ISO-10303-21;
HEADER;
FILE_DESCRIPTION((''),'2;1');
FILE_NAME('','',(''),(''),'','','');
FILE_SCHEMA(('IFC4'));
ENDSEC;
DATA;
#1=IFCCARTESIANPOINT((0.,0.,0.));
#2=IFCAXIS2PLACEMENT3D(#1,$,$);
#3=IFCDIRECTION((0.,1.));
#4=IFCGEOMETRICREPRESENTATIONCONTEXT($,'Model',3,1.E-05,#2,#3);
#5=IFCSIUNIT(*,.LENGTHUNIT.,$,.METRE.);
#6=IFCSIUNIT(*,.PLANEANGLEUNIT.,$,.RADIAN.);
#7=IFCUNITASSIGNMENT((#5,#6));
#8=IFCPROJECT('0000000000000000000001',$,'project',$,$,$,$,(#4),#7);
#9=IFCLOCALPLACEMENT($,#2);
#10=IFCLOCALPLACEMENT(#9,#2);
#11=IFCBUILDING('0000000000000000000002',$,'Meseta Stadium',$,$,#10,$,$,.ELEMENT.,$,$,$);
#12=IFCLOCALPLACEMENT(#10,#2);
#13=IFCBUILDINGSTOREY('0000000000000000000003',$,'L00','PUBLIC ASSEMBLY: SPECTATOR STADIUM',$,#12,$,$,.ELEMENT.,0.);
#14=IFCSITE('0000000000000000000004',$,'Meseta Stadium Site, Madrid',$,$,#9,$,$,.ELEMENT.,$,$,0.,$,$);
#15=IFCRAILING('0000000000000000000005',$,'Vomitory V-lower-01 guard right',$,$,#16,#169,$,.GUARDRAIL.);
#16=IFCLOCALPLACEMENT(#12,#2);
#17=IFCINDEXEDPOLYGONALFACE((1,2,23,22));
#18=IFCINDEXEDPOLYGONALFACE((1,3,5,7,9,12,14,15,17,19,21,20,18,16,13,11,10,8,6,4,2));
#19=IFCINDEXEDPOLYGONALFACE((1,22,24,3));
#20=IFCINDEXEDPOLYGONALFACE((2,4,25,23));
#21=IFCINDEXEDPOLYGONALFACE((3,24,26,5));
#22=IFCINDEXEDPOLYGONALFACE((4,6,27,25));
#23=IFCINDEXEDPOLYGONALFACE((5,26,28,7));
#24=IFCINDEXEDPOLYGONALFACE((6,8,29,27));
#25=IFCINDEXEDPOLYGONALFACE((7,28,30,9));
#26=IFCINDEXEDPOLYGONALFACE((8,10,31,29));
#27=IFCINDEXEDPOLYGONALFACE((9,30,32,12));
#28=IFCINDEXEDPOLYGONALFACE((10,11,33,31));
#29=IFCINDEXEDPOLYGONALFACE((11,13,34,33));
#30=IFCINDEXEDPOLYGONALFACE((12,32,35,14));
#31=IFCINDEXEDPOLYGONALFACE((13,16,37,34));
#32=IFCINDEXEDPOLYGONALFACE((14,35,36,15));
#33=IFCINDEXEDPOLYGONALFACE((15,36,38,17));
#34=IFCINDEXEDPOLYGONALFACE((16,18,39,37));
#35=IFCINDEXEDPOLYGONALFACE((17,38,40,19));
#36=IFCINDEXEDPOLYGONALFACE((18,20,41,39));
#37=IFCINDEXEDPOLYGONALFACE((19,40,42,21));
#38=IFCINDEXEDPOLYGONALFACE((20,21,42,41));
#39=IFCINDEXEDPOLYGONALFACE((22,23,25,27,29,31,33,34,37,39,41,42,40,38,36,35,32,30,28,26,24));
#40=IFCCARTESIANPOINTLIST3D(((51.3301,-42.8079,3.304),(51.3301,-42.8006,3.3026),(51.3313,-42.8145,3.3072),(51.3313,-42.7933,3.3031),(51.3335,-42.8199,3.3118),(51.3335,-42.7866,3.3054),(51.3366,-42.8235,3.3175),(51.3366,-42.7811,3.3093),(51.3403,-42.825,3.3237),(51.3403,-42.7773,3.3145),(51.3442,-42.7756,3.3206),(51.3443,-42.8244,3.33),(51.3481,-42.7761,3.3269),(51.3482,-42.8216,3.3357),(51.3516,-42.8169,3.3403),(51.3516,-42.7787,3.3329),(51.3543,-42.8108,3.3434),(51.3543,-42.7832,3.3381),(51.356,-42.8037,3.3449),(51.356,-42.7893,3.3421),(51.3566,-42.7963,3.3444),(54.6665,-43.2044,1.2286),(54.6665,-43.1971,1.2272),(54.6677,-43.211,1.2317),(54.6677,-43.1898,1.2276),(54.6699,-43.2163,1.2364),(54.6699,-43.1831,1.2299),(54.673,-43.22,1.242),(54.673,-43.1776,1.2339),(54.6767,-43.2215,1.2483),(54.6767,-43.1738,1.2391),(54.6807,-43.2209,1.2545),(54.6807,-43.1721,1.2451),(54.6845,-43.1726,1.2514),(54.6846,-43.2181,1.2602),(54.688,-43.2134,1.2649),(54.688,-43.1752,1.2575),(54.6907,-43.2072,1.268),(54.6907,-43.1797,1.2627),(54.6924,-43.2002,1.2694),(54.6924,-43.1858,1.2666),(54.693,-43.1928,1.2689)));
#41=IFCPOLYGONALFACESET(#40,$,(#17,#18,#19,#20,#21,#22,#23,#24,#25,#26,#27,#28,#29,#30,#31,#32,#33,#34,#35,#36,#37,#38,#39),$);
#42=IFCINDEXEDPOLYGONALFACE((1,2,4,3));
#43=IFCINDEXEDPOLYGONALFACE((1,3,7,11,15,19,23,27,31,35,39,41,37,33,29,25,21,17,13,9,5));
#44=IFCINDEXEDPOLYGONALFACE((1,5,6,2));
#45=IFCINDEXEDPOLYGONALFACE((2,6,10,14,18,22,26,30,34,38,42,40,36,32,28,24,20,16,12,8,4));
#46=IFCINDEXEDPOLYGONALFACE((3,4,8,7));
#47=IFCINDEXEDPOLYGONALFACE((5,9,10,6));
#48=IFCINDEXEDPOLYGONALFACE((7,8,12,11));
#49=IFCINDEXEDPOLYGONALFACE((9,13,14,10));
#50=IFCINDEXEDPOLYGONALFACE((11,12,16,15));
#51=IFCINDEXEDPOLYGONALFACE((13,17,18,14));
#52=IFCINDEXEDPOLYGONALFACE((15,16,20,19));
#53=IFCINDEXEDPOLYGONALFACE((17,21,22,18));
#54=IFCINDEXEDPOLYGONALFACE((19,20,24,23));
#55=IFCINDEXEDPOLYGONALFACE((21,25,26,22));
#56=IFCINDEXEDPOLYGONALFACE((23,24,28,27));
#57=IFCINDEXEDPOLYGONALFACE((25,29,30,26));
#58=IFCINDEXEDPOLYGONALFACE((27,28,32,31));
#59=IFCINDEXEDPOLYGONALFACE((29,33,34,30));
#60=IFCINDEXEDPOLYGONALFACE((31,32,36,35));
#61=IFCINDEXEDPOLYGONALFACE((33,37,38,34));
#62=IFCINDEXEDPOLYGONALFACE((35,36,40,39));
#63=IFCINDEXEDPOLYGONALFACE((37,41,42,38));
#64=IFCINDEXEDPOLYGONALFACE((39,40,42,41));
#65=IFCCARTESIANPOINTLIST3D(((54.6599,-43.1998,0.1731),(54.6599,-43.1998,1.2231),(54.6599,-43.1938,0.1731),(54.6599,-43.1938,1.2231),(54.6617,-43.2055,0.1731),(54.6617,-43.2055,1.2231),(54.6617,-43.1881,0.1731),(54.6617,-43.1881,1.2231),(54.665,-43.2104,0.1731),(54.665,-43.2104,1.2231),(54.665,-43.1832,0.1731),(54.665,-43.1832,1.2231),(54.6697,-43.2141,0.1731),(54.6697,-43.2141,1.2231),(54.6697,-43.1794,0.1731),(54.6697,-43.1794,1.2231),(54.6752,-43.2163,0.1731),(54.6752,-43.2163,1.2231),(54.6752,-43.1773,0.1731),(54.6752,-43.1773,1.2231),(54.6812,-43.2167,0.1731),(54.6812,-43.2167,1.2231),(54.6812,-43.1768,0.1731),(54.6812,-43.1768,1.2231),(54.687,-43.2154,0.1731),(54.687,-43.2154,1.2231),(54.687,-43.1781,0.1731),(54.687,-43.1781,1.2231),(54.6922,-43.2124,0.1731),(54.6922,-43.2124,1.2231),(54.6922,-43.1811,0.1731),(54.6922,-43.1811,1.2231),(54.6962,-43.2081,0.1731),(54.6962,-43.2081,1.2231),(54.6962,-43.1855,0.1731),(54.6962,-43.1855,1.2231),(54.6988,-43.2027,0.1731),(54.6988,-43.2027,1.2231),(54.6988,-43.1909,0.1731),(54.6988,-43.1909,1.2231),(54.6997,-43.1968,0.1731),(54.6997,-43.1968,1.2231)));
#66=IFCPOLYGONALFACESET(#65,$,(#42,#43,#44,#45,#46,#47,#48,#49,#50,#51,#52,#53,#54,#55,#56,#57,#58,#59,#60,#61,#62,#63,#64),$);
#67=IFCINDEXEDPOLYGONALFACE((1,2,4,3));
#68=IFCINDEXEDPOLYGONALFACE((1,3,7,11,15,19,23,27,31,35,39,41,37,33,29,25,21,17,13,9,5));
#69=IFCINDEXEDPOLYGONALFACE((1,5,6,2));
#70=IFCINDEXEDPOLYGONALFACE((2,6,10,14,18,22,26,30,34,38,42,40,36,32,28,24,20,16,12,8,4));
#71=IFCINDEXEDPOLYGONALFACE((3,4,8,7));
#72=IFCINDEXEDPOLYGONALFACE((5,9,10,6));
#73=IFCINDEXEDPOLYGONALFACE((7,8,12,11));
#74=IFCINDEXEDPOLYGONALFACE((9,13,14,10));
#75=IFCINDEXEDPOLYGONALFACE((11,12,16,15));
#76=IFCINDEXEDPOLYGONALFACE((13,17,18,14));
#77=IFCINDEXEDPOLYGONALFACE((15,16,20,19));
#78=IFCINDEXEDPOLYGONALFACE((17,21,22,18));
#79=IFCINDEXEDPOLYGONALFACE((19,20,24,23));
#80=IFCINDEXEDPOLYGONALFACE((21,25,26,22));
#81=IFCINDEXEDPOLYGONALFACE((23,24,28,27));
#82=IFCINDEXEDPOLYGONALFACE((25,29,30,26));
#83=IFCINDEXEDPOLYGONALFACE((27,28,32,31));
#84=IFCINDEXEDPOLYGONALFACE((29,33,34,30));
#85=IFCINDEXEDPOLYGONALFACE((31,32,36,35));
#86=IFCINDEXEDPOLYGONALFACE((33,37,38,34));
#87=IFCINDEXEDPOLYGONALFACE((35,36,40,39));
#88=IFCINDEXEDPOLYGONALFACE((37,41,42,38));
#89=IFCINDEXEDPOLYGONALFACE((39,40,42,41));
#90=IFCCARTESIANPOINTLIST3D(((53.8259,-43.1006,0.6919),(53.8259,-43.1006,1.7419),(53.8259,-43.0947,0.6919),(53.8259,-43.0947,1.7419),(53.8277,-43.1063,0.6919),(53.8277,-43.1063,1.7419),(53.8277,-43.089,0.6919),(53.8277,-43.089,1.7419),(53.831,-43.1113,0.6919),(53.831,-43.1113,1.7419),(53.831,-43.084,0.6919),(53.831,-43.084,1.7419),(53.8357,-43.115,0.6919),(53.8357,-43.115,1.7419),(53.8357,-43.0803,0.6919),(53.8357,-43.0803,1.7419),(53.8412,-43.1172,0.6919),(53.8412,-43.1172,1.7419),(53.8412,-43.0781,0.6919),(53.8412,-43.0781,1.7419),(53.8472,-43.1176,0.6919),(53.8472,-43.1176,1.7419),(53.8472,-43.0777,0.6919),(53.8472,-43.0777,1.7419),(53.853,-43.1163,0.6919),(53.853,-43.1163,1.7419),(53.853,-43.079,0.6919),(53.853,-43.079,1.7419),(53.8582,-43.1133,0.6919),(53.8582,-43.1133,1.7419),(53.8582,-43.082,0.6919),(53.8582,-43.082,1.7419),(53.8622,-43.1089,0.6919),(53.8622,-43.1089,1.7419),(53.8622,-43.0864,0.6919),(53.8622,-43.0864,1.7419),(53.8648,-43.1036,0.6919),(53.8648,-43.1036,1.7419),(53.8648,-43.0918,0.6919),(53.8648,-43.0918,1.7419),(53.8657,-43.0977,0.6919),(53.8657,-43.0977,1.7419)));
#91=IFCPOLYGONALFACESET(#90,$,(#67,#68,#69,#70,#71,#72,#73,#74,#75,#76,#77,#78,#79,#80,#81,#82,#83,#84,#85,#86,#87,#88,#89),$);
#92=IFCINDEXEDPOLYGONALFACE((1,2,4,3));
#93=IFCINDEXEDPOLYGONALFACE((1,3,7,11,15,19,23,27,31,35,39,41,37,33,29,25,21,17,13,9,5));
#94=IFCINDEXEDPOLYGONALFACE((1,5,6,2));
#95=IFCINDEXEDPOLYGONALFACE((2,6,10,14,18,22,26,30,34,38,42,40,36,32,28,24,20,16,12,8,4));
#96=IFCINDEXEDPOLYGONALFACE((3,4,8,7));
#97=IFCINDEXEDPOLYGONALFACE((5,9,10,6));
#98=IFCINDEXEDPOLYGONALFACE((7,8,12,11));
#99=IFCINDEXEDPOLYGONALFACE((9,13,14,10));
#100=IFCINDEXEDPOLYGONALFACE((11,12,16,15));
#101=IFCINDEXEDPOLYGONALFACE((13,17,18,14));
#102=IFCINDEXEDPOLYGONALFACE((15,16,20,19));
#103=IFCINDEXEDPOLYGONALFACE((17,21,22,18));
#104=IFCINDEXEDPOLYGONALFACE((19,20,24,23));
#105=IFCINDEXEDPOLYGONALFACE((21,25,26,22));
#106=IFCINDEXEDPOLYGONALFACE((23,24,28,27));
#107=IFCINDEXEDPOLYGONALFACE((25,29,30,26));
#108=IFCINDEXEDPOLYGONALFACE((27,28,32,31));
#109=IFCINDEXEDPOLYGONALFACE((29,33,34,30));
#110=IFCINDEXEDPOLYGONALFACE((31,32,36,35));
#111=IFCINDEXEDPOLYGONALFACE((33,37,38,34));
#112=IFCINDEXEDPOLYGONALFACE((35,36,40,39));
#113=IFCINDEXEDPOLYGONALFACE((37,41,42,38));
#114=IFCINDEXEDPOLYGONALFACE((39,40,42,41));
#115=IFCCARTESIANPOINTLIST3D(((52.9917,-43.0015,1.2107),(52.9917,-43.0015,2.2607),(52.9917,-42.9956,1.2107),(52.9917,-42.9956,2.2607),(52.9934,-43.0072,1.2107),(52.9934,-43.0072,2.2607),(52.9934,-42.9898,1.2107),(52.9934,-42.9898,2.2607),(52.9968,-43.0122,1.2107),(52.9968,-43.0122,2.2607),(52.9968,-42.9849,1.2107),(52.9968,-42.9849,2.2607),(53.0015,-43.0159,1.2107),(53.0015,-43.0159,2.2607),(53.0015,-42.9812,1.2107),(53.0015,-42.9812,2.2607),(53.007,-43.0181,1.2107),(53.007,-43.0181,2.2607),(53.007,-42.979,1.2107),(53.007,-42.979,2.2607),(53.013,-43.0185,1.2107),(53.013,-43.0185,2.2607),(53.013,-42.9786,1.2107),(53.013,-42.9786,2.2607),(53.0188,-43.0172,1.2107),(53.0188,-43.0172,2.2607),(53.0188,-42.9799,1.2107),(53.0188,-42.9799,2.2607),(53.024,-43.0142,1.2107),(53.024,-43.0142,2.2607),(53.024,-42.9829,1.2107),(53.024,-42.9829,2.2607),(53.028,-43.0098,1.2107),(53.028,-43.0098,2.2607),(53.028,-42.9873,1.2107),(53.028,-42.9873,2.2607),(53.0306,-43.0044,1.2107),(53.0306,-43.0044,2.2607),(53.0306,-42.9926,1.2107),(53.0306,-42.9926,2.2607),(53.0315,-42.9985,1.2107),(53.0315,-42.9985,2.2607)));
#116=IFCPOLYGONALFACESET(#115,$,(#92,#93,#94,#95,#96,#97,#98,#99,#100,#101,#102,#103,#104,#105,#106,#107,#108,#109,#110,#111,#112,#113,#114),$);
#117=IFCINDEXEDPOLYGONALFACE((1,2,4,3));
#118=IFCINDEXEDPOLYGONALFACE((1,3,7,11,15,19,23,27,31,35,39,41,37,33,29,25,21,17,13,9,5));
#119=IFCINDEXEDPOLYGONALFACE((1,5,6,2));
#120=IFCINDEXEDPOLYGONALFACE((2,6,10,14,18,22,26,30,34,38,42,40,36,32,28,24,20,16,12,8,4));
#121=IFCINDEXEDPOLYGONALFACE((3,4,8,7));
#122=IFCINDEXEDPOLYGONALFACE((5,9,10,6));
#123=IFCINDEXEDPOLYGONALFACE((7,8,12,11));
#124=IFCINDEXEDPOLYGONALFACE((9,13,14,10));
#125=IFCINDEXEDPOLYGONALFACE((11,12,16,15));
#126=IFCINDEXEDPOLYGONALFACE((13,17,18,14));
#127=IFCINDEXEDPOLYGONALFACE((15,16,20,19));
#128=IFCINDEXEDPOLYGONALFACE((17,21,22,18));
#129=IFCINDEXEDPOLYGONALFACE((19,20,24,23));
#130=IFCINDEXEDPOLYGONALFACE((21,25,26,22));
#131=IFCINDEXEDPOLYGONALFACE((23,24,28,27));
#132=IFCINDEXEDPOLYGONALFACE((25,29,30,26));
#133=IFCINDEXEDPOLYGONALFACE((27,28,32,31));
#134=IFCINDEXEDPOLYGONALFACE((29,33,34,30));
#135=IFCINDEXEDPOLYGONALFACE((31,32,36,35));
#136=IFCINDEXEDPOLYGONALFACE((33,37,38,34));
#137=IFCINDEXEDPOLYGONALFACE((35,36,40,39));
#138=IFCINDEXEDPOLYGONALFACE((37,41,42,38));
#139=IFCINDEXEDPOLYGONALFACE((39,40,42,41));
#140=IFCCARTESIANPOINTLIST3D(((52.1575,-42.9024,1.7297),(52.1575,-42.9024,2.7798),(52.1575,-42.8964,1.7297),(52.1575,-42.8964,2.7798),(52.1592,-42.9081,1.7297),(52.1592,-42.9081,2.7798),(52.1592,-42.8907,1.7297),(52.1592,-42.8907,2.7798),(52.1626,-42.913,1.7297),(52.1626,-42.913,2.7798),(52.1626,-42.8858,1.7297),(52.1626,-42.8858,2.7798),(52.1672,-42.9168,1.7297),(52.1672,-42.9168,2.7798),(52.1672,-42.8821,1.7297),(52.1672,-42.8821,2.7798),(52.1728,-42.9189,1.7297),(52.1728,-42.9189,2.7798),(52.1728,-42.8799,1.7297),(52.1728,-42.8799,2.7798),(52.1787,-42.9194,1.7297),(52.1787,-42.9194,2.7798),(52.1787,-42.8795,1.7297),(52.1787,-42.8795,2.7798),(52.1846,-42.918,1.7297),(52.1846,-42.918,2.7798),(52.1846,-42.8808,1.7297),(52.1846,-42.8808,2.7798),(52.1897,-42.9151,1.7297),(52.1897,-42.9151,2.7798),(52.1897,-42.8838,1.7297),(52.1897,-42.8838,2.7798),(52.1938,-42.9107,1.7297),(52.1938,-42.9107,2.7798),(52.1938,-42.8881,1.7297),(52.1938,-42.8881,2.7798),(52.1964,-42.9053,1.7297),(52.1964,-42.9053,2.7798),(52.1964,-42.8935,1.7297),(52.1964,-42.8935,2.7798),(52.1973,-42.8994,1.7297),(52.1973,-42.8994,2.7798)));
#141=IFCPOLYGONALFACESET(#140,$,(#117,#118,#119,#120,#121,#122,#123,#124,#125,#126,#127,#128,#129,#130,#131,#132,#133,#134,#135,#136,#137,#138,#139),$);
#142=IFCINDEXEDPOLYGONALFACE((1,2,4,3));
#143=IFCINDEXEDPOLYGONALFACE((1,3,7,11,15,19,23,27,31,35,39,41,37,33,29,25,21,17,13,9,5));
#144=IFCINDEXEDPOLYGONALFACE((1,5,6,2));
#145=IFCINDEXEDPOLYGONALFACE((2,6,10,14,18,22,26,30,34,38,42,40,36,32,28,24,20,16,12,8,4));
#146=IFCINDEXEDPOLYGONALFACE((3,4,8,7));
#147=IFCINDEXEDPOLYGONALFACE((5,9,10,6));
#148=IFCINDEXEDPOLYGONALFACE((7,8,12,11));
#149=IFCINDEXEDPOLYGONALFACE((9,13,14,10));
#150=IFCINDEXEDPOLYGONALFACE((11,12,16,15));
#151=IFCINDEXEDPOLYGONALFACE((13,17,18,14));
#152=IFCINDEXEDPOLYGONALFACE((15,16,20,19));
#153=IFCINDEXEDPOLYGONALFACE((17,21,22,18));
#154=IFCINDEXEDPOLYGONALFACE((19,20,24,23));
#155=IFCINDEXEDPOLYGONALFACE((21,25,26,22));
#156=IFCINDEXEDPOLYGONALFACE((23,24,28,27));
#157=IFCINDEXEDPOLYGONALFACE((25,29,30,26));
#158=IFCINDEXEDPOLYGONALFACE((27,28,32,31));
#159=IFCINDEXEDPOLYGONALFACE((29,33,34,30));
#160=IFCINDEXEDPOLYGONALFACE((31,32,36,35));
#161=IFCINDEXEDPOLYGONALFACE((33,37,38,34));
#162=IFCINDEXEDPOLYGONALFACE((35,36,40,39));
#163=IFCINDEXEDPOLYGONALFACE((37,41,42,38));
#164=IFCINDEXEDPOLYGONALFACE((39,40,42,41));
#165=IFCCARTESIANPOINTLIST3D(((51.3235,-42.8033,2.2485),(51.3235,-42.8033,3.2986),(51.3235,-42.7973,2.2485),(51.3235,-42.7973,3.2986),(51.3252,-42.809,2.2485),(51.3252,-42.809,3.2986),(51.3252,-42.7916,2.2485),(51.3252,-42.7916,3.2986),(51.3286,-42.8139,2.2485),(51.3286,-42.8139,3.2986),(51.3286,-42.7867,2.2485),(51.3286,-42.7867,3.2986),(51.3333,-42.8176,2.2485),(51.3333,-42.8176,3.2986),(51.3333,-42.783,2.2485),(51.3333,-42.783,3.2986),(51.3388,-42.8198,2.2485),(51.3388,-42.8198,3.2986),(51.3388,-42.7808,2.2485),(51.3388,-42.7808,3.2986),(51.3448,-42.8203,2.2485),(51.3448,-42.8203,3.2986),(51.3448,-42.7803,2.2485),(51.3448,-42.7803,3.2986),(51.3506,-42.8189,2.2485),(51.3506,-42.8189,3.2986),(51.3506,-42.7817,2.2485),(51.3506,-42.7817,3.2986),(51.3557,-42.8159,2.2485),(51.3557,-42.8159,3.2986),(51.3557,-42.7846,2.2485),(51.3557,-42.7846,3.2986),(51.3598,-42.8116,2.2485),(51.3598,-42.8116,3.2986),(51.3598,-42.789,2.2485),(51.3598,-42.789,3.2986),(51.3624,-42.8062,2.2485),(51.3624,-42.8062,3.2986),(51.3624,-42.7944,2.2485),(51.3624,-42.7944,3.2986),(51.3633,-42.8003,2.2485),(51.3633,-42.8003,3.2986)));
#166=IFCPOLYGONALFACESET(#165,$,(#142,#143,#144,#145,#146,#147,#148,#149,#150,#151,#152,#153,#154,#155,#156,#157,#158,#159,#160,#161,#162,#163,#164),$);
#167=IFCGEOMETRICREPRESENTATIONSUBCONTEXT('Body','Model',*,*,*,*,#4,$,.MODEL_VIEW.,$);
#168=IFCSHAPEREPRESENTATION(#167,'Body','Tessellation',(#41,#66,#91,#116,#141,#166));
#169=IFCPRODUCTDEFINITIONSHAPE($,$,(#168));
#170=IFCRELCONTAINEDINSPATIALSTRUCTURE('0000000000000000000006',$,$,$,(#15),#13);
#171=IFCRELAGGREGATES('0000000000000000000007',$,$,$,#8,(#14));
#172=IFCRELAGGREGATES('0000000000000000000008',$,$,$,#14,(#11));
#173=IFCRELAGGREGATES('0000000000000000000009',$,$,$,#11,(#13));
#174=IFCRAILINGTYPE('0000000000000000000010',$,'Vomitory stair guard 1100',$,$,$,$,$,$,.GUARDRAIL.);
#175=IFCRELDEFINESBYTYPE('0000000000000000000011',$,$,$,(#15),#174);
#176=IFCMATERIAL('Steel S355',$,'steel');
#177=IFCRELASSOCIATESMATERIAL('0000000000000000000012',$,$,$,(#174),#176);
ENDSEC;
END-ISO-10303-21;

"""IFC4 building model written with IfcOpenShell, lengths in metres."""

from ifc_helpers import new_model, si_unit, direction, frame, origin, origin_2d, place, context, subcontext, project, spatial, circle, extrude, material, type_object, element, save


model = new_model("IFC4")

# Units and contexts
model_context = context("Model", 3, precision=1e-05, world=origin(), true_north=direction((0.0, 1.0)))
body_context = subcontext(model_context, "Body", "Model", "MODEL_VIEW")
ifc_project = project(units=[si_unit("LENGTHUNIT", "METRE"), si_unit("PLANEANGLEUNIT", "RADIAN")], contexts=[model_context])

# Site, building, storey
site_placement = place(None, origin())
site = spatial("IfcSite", under=ifc_project, at=site_placement, Name="Meseta Stadium Site, Madrid", CompositionType="ELEMENT", RefElevation=0.0)
building_placement = place(site_placement, origin())
building = spatial("IfcBuilding", under=site, at=building_placement, Name="Meseta Stadium", CompositionType="ELEMENT")
storey_placement = place(building_placement, origin())
storey = spatial("IfcBuildingStorey", under=building, at=storey_placement, Name="L00", Description="PUBLIC ASSEMBLY: SPECTATOR STADIUM", CompositionType="ELEMENT", Elevation=0.0)

# Railing
ifc_material_1 = material(Name="Steel S355", Category="steel")
railing_type_1 = type_object("IfcRailingType", Name="Vomitory stair guard 1100", PredefinedType="GUARDRAIL", material=ifc_material_1)
for number, where, name in (
    (1, (54.6797, -43.1968, 0.1731), "Vomitory V-lower-01 guard right"),
):
    element("IfcRailing", number, at=place(storey_placement, frame(where)), inside=storey, type_object=railing_type_1, Name=name, PredefinedType="GUARDRAIL", context=body_context, shape_type="SweptSolid", body=[
        extrude(circle(Radius=0.0249, at=origin_2d()), frame((0.0, 0.0, 1.0752), z_axis=(-0.84483, 0.100395, 0.525531), x_axis=(-0.118005, -0.993013, 0.0)), (0.0, 0.0, 1.0), 3.9492),
        extrude(circle(Radius=0.02, at=origin_2d()), origin(), (0.0, 0.0, 1.0), 1.05),
        extrude(circle(Radius=0.02, at=origin_2d()), frame((-0.834, 0.0991, 0.5188)), (0.0, 0.0, 1.0), 1.05),
        extrude(circle(Radius=0.02, at=origin_2d()), frame((-1.6682, 0.1982, 1.0376)), (0.0, 0.0, 1.0), 1.05),
        extrude(circle(Radius=0.02, at=origin_2d()), frame((-2.5024, 0.2974, 1.5566)), (0.0, 0.0, 1.0), 1.05),
        extrude(circle(Radius=0.02, at=origin_2d()), frame((-3.3364, 0.3965, 2.0754)), (0.0, 0.0, 1.0), 1.05),
    ])

save(model, "model.ifc")
